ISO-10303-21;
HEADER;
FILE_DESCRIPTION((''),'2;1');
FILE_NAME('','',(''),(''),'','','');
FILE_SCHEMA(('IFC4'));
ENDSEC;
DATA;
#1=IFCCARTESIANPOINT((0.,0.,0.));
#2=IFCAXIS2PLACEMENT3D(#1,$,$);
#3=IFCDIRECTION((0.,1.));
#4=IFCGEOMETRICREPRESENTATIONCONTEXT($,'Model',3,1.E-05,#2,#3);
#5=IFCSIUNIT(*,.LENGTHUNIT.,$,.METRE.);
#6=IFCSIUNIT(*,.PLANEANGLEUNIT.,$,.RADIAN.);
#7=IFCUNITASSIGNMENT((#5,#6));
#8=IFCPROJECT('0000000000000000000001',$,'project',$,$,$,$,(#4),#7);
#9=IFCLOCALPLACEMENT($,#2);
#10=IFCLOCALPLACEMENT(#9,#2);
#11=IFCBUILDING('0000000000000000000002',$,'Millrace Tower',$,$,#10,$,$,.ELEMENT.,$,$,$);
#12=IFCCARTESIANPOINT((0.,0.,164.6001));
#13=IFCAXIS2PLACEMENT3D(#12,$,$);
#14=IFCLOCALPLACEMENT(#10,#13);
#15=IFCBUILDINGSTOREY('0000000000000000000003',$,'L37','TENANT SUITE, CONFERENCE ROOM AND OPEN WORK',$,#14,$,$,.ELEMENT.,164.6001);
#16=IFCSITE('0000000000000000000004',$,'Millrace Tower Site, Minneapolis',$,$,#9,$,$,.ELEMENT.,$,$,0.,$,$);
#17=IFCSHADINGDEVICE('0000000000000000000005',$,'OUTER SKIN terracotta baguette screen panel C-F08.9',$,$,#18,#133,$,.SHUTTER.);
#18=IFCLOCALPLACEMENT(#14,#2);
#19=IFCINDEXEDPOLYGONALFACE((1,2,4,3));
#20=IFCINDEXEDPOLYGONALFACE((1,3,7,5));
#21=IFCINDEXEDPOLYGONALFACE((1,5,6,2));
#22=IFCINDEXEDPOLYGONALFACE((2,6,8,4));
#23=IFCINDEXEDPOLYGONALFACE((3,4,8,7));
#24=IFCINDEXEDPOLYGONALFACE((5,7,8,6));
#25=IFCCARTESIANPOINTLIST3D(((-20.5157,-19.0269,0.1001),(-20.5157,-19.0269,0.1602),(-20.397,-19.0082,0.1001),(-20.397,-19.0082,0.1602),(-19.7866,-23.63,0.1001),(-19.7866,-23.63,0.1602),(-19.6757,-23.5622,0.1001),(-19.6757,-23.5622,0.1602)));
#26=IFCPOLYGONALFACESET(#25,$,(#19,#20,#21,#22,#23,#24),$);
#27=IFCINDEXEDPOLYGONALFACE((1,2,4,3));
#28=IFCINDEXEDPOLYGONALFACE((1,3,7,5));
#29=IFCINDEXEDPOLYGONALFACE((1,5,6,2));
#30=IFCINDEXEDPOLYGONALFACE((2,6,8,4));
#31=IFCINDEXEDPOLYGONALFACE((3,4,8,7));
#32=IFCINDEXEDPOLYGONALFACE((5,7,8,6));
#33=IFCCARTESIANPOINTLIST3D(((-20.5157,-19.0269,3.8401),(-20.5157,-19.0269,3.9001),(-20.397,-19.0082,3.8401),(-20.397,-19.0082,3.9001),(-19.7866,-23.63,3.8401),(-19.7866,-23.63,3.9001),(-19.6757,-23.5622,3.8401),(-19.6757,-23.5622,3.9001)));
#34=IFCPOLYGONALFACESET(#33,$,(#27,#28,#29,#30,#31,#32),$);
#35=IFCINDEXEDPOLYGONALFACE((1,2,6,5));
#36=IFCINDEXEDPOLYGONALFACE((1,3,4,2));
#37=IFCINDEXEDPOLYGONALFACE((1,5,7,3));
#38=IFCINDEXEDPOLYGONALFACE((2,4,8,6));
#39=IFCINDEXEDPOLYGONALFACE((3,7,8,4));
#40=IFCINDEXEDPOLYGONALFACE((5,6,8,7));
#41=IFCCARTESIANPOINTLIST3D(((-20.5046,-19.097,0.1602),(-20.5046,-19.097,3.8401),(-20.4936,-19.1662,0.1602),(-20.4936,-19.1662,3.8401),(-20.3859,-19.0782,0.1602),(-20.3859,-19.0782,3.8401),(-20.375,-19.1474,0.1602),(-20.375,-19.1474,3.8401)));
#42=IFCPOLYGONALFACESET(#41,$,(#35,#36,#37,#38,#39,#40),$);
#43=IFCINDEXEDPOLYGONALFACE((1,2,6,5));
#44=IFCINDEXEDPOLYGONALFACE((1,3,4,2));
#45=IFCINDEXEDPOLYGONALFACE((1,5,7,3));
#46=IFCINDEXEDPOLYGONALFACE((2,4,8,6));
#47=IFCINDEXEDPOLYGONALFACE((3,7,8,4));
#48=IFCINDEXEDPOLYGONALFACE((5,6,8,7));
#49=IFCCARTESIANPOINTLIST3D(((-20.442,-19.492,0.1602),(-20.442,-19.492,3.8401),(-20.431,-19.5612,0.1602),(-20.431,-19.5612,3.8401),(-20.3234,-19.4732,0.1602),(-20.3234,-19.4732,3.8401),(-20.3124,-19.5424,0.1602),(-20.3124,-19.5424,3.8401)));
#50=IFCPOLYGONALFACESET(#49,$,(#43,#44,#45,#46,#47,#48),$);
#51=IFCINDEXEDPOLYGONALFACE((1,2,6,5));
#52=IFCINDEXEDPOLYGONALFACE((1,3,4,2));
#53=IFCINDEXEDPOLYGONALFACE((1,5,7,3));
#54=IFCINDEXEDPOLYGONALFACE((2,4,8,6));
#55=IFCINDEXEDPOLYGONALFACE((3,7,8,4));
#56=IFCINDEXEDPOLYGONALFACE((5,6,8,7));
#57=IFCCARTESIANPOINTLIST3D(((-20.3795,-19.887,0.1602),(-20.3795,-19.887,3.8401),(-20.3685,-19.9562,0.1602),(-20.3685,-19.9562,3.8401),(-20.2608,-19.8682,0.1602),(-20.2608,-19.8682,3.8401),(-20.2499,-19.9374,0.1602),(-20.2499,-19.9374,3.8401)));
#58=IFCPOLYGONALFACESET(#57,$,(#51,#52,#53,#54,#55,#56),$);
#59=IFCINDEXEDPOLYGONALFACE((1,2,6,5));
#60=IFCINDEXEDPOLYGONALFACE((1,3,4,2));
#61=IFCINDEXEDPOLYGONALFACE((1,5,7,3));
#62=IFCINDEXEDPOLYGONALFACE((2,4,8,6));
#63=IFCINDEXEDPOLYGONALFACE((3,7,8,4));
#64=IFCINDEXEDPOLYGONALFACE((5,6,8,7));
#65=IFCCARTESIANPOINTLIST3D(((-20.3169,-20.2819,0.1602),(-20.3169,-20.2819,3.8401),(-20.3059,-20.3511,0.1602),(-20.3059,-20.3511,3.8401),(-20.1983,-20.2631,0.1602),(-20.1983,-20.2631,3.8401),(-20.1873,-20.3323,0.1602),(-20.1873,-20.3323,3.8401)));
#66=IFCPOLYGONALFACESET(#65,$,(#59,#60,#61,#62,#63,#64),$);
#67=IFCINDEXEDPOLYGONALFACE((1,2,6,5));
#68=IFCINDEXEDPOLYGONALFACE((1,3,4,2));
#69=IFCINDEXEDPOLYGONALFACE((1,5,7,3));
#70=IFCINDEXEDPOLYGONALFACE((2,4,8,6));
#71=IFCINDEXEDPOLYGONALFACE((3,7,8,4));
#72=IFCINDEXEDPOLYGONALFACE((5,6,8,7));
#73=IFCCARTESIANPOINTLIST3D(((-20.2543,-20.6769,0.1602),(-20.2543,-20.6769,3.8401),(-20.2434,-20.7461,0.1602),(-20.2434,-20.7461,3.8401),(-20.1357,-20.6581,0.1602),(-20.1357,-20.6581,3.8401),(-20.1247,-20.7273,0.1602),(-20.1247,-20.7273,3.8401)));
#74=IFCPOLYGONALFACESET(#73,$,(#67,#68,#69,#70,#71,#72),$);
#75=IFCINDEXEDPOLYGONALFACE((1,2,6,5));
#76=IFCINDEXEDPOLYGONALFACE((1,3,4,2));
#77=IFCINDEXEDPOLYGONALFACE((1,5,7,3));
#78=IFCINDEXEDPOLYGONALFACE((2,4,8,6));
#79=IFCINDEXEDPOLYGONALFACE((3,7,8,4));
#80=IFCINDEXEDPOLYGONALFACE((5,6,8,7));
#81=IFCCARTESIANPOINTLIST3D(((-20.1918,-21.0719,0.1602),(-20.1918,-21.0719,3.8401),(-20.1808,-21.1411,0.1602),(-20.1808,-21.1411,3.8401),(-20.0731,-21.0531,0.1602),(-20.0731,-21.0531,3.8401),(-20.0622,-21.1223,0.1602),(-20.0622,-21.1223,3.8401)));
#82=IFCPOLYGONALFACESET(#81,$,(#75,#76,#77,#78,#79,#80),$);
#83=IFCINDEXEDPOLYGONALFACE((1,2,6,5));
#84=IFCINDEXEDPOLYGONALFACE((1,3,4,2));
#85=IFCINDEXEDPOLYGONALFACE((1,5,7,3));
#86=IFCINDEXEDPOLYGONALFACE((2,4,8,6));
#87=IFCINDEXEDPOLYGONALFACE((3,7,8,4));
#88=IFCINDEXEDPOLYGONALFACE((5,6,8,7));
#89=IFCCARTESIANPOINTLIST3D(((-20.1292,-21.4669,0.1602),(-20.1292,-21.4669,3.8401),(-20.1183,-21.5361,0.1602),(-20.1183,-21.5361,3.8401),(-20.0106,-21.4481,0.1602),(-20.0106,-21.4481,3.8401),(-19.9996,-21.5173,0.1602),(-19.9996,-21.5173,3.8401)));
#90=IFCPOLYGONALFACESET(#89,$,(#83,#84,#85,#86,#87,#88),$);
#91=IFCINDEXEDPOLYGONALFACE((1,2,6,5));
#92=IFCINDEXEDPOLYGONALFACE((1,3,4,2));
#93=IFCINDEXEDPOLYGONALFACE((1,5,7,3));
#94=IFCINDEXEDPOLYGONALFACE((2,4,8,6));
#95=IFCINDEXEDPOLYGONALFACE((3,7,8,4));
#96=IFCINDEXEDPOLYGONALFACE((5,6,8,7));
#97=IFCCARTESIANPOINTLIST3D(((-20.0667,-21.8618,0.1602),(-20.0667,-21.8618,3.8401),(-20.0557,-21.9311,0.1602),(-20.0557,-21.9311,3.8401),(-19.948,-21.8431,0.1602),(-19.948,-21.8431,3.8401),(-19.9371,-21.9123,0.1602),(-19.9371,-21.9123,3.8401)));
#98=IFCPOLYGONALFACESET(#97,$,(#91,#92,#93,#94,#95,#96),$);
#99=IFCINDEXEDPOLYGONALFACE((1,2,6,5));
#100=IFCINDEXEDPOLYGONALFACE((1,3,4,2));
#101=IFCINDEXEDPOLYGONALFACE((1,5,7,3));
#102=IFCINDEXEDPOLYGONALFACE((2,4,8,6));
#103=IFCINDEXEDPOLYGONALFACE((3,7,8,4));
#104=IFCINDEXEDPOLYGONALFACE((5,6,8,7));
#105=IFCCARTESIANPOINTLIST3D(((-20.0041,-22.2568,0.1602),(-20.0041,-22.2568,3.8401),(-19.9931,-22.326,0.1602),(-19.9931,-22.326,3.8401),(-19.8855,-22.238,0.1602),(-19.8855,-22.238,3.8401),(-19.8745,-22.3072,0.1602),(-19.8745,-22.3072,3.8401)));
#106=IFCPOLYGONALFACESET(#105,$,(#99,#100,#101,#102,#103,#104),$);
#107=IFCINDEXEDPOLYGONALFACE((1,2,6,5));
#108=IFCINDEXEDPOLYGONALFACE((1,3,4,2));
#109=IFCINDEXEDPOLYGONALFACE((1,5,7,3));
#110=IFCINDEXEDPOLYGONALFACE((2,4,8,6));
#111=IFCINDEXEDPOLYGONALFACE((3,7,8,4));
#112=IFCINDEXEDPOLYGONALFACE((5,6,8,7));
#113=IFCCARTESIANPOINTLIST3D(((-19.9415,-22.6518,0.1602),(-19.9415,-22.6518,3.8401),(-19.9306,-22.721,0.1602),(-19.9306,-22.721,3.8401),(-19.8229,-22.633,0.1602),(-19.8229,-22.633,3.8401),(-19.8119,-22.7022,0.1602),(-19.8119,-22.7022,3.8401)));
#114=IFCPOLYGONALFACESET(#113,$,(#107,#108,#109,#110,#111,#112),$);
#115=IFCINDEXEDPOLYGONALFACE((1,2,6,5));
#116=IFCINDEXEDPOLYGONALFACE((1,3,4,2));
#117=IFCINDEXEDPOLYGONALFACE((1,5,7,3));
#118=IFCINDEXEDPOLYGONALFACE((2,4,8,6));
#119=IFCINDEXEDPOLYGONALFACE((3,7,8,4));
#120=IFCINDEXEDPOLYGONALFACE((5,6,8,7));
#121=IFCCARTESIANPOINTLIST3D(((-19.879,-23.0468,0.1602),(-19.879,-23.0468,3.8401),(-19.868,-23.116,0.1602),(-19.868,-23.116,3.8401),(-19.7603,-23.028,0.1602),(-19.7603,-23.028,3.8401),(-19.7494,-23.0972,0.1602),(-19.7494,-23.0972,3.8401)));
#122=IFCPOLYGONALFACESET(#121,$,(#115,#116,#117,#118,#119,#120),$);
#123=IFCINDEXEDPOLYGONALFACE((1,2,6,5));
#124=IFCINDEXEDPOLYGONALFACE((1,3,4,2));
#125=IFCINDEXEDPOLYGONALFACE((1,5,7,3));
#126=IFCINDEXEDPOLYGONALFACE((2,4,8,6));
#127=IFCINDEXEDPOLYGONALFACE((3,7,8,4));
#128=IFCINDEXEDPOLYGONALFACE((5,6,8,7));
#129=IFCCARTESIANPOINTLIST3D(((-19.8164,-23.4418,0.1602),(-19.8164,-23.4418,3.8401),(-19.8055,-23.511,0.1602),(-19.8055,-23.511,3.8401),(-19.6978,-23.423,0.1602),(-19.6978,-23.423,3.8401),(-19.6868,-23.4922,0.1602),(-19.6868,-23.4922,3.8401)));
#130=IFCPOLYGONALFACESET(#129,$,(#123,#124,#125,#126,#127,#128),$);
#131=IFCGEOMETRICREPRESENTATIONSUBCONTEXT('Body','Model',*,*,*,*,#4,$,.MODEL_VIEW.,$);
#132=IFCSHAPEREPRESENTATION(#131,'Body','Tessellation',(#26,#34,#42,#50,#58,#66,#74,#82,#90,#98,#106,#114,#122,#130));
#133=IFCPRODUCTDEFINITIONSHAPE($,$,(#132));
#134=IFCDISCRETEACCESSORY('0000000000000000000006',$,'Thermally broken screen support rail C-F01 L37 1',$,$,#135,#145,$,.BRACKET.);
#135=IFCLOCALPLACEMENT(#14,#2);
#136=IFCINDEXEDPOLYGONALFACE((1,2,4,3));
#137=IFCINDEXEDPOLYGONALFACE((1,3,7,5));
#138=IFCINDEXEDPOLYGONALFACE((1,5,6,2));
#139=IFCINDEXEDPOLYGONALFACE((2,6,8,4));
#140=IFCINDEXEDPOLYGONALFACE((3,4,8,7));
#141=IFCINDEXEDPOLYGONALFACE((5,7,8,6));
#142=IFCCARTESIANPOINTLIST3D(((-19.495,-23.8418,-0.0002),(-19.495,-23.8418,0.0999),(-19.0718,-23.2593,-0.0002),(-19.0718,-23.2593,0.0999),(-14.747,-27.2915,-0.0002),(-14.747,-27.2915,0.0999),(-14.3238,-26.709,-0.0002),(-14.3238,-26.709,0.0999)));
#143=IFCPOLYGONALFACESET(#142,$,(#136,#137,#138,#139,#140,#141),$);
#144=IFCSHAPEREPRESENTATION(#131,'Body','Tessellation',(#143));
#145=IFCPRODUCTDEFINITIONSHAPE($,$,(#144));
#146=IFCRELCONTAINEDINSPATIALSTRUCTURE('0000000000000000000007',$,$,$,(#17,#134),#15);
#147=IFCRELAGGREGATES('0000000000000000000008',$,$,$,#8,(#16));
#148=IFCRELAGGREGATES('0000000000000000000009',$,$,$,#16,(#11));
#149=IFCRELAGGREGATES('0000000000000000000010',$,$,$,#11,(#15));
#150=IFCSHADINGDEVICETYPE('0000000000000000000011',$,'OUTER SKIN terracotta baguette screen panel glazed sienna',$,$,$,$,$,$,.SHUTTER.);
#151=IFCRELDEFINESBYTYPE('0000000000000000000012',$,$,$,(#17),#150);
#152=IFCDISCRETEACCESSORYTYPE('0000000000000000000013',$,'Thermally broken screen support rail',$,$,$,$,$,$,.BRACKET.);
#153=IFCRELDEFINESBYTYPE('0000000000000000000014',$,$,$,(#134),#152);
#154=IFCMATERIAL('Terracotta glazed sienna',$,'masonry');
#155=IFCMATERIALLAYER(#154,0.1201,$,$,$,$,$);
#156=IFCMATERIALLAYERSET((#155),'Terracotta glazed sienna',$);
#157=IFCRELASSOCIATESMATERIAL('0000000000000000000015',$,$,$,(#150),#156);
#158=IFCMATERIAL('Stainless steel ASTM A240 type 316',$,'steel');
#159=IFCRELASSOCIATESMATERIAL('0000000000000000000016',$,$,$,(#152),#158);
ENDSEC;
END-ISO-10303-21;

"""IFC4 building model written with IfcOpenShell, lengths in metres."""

from ifc_helpers import new_model, entity, si_unit, direction, frame, frame_2d, origin, origin_2d, place, context, subcontext, project, spatial, rectangle, extrude, source, transform, mapped, material, layer, layer_set, type_object, element, save


model = new_model("IFC4")

# Units and contexts
model_context = context("Model", 3, precision=1e-05, world=origin(), true_north=direction((0.0, 1.0)))
body_context = subcontext(model_context, "Body", "Model", "MODEL_VIEW")
ifc_project = project(units=[si_unit("LENGTHUNIT", "METRE"), si_unit("PLANEANGLEUNIT", "RADIAN")], contexts=[model_context])

# Site, building, storey
site_placement = place(None, origin())
site = spatial("IfcSite", under=ifc_project, at=site_placement, Name="Millrace Tower Site, Minneapolis", CompositionType="ELEMENT", RefElevation=0.0)
building_placement = place(site_placement, origin())
building = spatial("IfcBuilding", under=site, at=building_placement, Name="Millrace Tower", CompositionType="ELEMENT")
storey_placement = place(building_placement, frame((0.0, 0.0, 164.6001)))
storey = spatial("IfcBuildingStorey", under=building, at=storey_placement, Name="L37", Description="TENANT SUITE, CONFERENCE ROOM AND OPEN WORK", CompositionType="ELEMENT", Elevation=164.6001)

# Shading device
ifc_material_1 = material(Name="Terracotta glazed sienna", Category="masonry")
ifc_layer_1 = layer(ifc_material_1, 0.1201)
ifc_layer_set_1 = layer_set([ifc_layer_1], Name="Terracotta glazed sienna")
shading_device_type = type_object("IfcShadingDeviceType", Name="OUTER SKIN terracotta baguette screen panel glazed sienna", PredefinedType="SHUTTER", material=ifc_layer_set_1)
cartesian_point_1 = entity("IfcCartesianPoint", [-2.3179, 0.0601])
shared_polyline_1 = entity("IfcPolyline", [cartesian_point_1, entity("IfcCartesianPoint", [2.293, 0.0601]), entity("IfcCartesianPoint", [2.3425, -0.0601]), entity("IfcCartesianPoint", [-2.3179, -0.0601]), cartesian_point_1])
shared_shape_1 = source(origin(), body_context, "Body", "SweptSolid", [
    entity("IfcExtrudedAreaSolid", entity("IfcArbitraryClosedProfileDef", "AREA", None, shared_polyline_1), entity("IfcAxis2Placement3D", entity("IfcCartesianPoint", [0.0, 0.0, 0.0])), entity("IfcDirection", [0.0, 0.0, 1.0]), 0.0601),
    entity("IfcExtrudedAreaSolid", entity("IfcArbitraryClosedProfileDef", "AREA", None, shared_polyline_1), entity("IfcAxis2Placement3D", entity("IfcCartesianPoint", [0.0, 0.0, 3.74])), entity("IfcDirection", [0.0, 0.0, 1.0]), 0.0601),
    extrude(rectangle(XDim=0.0701, YDim=0.1201, at=frame_2d((-2.2119, 0.0))), frame((0.0, 0.0, 0.0601)), (0.0, 0.0, 1.0), 3.6799),
    extrude(rectangle(XDim=0.0701, YDim=0.1201, at=frame_2d((-1.812, 0.0))), frame((0.0, 0.0, 0.0601)), (0.0, 0.0, 1.0), 3.6799),
    extrude(rectangle(XDim=0.0701, YDim=0.1201, at=frame_2d((-1.4121, 0.0))), frame((0.0, 0.0, 0.0601)), (0.0, 0.0, 1.0), 3.6799),
    extrude(rectangle(XDim=0.0701, YDim=0.1201, at=frame_2d((-1.0122, 0.0))), frame((0.0, 0.0, 0.0601)), (0.0, 0.0, 1.0), 3.6799),
    extrude(rectangle(XDim=0.0701, YDim=0.1201, at=frame_2d((-0.6123, 0.0))), frame((0.0, 0.0, 0.0601)), (0.0, 0.0, 1.0), 3.6799),
    extrude(rectangle(XDim=0.0701, YDim=0.1201, at=frame_2d((-0.2124, 0.0))), frame((0.0, 0.0, 0.0601)), (0.0, 0.0, 1.0), 3.6799),
    extrude(rectangle(XDim=0.0701, YDim=0.1201, at=frame_2d((0.1875, 0.0))), frame((0.0, 0.0, 0.0601)), (0.0, 0.0, 1.0), 3.6799),
    extrude(rectangle(XDim=0.0701, YDim=0.1201, at=frame_2d((0.5874, 0.0))), frame((0.0, 0.0, 0.0601)), (0.0, 0.0, 1.0), 3.6799),
    extrude(rectangle(XDim=0.0701, YDim=0.1201, at=frame_2d((0.9873, 0.0))), frame((0.0, 0.0, 0.0601)), (0.0, 0.0, 1.0), 3.6799),
    extrude(rectangle(XDim=0.0701, YDim=0.1201, at=frame_2d((1.3872, 0.0))), frame((0.0, 0.0, 0.0601)), (0.0, 0.0, 1.0), 3.6799),
    extrude(rectangle(XDim=0.0701, YDim=0.1201, at=frame_2d((1.7871, 0.0))), frame((0.0, 0.0, 0.0601)), (0.0, 0.0, 1.0), 3.6799),
    extrude(rectangle(XDim=0.0701, YDim=0.1201, at=frame_2d((2.187, 0.0))), frame((0.0, 0.0, 0.0601)), (0.0, 0.0, 1.0), 3.6799),
])
shading_device_1_placement = place(storey_placement, frame((-20.0938, -21.3069, 0.1001), z_axis=(0.0, 0.0, 1.0), x_axis=(0.156434, -0.987688, 0.0)))
element("IfcShadingDevice", 1, at=shading_device_1_placement, inside=storey, type_object=shading_device_type, Name="OUTER SKIN terracotta baguette screen panel C-F08.9", PredefinedType="SHUTTER", context=body_context, shape_type="MappedRepresentation", body=[
    mapped(shared_shape_1, transform((0.0, 0.0, 0.0), scale=1.0)),
])

# Discrete accessory
ifc_material_2 = material(Name="Stainless steel ASTM A240 type 316", Category="steel")
discrete_accessory_type = type_object("IfcDiscreteAccessoryType", Name="Thermally broken screen support rail", PredefinedType="BRACKET", material=ifc_material_2)
discrete_accessory_placement = place(storey_placement, frame((-16.9094, -25.2754, -0.0002), z_axis=(0.0, 0.0, 1.0), x_axis=(0.809017, -0.587785, 0.0)))
element("IfcDiscreteAccessory", 2, at=discrete_accessory_placement, inside=storey, type_object=discrete_accessory_type, Name="Thermally broken screen support rail C-F01 L37 1", PredefinedType="BRACKET", context=body_context, shape_type="SweptSolid", body=[
    extrude(rectangle(XDim=5.8689, YDim=0.72, at=origin_2d()), origin(), (0.0, 0.0, 1.0), 0.1001),
])

save(model, "model.ifc")
